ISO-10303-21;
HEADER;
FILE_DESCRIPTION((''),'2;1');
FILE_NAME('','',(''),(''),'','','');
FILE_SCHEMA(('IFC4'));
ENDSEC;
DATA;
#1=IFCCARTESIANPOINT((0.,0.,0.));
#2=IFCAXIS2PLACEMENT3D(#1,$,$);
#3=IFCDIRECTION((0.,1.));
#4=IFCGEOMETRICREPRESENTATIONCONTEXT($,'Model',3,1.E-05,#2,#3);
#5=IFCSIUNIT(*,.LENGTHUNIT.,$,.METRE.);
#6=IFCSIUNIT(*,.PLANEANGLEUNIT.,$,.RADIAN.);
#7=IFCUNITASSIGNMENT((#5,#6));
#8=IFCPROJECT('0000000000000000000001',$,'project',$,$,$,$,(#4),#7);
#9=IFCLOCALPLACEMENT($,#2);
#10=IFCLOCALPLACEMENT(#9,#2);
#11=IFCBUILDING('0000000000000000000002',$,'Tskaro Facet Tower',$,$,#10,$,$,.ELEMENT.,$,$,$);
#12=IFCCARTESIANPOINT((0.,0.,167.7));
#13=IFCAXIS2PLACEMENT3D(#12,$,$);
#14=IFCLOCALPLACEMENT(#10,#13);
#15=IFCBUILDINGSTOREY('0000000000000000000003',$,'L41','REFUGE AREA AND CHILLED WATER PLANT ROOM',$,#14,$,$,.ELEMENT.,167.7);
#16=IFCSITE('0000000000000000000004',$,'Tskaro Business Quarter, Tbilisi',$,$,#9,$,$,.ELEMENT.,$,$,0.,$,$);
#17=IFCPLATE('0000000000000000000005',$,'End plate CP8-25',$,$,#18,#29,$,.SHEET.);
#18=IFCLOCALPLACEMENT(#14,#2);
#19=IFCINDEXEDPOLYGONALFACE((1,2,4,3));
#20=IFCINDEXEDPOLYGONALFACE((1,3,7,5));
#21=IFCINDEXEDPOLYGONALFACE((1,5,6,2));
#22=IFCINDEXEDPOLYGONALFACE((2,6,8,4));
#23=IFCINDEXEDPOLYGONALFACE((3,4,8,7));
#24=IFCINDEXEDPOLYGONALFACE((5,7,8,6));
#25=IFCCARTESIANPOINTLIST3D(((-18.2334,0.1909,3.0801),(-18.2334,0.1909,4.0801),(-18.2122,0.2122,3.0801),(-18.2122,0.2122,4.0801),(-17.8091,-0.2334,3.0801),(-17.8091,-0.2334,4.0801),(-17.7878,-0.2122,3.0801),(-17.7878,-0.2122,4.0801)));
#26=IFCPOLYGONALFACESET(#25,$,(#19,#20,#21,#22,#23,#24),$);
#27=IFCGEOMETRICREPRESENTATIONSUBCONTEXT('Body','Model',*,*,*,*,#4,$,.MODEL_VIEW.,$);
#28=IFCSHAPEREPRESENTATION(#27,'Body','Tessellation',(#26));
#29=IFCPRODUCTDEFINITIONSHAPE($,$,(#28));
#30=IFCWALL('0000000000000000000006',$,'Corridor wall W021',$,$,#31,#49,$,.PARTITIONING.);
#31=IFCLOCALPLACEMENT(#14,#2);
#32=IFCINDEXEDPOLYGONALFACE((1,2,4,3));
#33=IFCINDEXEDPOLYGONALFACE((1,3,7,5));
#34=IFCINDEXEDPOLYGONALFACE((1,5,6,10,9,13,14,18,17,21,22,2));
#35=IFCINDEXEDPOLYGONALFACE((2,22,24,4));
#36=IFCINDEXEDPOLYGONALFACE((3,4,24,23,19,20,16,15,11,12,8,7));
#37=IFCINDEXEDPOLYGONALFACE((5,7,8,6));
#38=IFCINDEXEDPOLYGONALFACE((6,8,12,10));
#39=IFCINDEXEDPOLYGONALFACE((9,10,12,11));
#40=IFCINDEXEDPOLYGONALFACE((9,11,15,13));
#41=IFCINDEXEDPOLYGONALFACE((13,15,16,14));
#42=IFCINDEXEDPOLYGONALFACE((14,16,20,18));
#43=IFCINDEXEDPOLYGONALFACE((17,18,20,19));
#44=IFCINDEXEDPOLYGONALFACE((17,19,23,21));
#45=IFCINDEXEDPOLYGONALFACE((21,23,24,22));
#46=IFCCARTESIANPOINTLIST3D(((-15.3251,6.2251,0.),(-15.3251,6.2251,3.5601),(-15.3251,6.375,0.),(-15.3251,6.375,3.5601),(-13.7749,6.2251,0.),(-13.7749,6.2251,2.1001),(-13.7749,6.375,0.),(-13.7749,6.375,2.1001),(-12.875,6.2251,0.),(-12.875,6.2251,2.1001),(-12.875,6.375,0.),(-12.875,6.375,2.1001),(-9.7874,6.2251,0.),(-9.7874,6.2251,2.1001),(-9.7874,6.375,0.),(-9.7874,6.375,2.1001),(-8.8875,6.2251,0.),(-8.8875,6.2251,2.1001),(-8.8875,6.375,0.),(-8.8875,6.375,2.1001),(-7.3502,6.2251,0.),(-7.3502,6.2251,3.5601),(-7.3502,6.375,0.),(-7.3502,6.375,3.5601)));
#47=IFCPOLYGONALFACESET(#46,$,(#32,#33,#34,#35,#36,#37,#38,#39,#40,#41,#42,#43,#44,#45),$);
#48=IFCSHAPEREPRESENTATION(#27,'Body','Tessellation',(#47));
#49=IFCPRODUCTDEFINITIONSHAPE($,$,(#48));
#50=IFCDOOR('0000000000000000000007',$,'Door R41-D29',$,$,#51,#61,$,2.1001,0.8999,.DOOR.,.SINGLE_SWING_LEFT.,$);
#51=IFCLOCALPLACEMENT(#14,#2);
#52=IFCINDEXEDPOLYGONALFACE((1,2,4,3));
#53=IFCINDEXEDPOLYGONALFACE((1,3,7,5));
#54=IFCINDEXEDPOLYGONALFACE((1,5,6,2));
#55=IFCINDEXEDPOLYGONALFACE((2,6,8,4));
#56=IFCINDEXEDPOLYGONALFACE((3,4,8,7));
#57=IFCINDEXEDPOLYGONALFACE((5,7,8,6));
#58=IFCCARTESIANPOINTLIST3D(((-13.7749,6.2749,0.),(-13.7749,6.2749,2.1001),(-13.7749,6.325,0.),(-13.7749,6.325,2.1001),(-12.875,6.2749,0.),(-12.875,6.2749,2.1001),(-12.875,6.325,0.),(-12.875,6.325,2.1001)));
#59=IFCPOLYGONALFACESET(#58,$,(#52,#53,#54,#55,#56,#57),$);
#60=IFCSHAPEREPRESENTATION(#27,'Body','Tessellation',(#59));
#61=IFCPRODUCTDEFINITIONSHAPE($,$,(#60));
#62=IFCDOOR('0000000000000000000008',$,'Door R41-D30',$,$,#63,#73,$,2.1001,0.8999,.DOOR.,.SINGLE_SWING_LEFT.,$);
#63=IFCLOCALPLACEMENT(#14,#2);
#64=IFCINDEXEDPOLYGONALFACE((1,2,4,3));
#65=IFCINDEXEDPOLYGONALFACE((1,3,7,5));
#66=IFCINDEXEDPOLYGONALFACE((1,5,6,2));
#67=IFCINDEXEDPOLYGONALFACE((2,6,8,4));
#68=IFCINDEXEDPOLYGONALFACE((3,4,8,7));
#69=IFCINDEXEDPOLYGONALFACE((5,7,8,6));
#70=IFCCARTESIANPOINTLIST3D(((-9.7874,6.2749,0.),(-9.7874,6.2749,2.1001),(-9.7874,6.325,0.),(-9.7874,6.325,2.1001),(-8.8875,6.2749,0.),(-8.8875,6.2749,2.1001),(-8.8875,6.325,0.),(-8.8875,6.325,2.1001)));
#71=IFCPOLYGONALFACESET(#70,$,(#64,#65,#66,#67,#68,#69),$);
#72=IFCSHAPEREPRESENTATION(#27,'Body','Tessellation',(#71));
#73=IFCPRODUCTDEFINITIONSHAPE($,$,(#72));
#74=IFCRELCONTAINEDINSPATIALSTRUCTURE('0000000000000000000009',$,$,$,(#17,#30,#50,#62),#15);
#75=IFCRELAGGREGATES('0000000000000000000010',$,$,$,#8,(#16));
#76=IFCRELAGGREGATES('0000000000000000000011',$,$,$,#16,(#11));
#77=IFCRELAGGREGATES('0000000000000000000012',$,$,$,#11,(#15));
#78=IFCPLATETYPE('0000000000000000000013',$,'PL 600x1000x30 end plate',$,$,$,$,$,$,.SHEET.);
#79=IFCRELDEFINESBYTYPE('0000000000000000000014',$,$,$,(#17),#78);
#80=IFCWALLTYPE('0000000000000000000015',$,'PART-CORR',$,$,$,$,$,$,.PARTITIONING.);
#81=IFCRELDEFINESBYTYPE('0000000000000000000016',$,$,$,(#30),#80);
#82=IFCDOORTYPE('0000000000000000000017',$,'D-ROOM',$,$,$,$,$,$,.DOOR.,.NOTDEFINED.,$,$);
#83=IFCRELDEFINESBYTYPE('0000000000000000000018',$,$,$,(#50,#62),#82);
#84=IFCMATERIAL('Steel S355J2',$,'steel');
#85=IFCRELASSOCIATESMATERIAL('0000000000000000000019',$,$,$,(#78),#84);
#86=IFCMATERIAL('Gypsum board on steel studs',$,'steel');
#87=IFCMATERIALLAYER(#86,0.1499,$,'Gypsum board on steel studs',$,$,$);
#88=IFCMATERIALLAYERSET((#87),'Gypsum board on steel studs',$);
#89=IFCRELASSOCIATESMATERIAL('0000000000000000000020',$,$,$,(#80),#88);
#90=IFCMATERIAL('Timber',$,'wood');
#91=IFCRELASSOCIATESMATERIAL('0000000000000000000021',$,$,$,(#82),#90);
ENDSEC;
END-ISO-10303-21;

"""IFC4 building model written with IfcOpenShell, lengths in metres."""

from ifc_helpers import new_model, si_unit, direction, frame, frame_2d, origin, origin_2d, place, context, subcontext, project, spatial, rectangle, extrude, material, layer, layer_set, material_profile, profile_set, type_object, element, fill, save


model = new_model("IFC4")

# Units and contexts
model_context = context("Model", 3, precision=1e-05, world=origin(), true_north=direction((0.0, 1.0)))
body_context = subcontext(model_context, "Body", "Model", "MODEL_VIEW")
ifc_project = project(units=[si_unit("LENGTHUNIT", "METRE"), si_unit("PLANEANGLEUNIT", "RADIAN")], contexts=[model_context])

# Site, building, storey
site_placement = place(None, origin())
site = spatial("IfcSite", under=ifc_project, at=site_placement, Name="Tskaro Business Quarter, Tbilisi", CompositionType="ELEMENT", RefElevation=0.0)
building_placement = place(site_placement, origin())
building = spatial("IfcBuilding", under=site, at=building_placement, Name="Tskaro Facet Tower", CompositionType="ELEMENT")
storey_placement = place(building_placement, frame((0.0, 0.0, 167.7)))
storey = spatial("IfcBuildingStorey", under=building, at=storey_placement, Name="L41", Description="REFUGE AREA AND CHILLED WATER PLANT ROOM", CompositionType="ELEMENT", Elevation=167.7)

# Shared definitions
ifc_material_1 = material(Name="Steel S355J2", Category="steel")

# Plate
ifc_material_profile_1 = material_profile(ifc_material_1, rectangle(XDim=0.6001, YDim=1.0, at=origin_2d()), Name="PL 600x1000x30 end plate")
ifc_profile_set_1 = profile_set([ifc_material_profile_1], Name="Steel S355J2")
plate_type = type_object("IfcPlateType", Name="PL 600x1000x30 end plate", PredefinedType="SHEET", material=ifc_profile_set_1)
plate_placement = place(storey_placement, frame((-18.0, 0.0, 3.5801), z_axis=(-0.707107, -0.707107, 0.0), x_axis=(0.707107, -0.707107, 0.0)))
element("IfcPlate", 1, at=plate_placement, inside=storey, type_object=plate_type, Name="End plate CP8-25", PredefinedType="SHEET", context=body_context, shape_type="SweptSolid", body=[
    extrude(rectangle(XDim=0.6001, YDim=1.0, at=origin_2d()), origin(), (0.0, 0.0, 1.0), 0.03),
])

# Wall, openings, doors
ifc_material_2 = material(Name="Gypsum board on steel studs", Category="steel")
ifc_layer = layer(ifc_material_2, 0.1499, Name="Gypsum board on steel studs")
ifc_layer_set = layer_set([ifc_layer], Name="Gypsum board on steel studs")
wall_type = type_object("IfcWallType", Name="PART-CORR", PredefinedType="PARTITIONING", material=ifc_layer_set)
wall_placement = place(storey_placement, frame((-15.325, 6.3, 0.0), z_axis=(0.0, 0.0, 1.0), x_axis=(1.0, 0.0, 0.0)))
wall = element("IfcWall", 2, at=wall_placement, inside=storey, type_object=wall_type, Name="Corridor wall W021", PredefinedType="PARTITIONING", context=body_context, shape_type="SweptSolid", body=[
    extrude(rectangle(XDim=7.9749, YDim=0.1499, at=frame_2d((3.9873, 0.0))), origin(), (0.0, 0.0, 1.0), 3.5601),
])
opening_1_placement = place(wall_placement, frame((1.55, 0.0, 0.0)))
opening_1 = element("IfcOpeningElement", 3, at=opening_1_placement, cuts=wall, PredefinedType="OPENING", context=body_context, shape_type="SweptSolid", body=[
    extrude(rectangle(XDim=0.8999, YDim=2.1001, at=frame_2d((0.45, 1.05))), frame((0.0, 0.085, 0.0), z_axis=(0.0, -1.0, 0.0), x_axis=(1.0, 0.0, 0.0)), (0.0, 0.0, 1.0), 0.1699),
])
opening_2_placement = place(wall_placement, frame((5.5376, 0.0, 0.0)))
opening_2 = element("IfcOpeningElement", 4, at=opening_2_placement, cuts=wall, PredefinedType="OPENING", context=body_context, shape_type="SweptSolid", body=[
    extrude(rectangle(XDim=0.8999, YDim=2.1001, at=frame_2d((0.45, 1.05))), frame((0.0, 0.085, 0.0), z_axis=(0.0, -1.0, 0.0), x_axis=(1.0, 0.0, 0.0)), (0.0, 0.0, 1.0), 0.1699),
])
ifc_material_3 = material(Name="Timber", Category="wood")
door_type = type_object("IfcDoorType", Name="D-ROOM", OperationType="NOTDEFINED", PredefinedType="DOOR", material=ifc_material_3)
door_1_placement = place(opening_1_placement, origin())
door_1 = element("IfcDoor", 5, at=door_1_placement, inside=storey, type_object=door_type, Name="Door R41-D29", OperationType="SINGLE_SWING_LEFT", OverallHeight=2.1001, OverallWidth=0.8999, PredefinedType="DOOR", context=body_context, shape_type="SweptSolid", body=[
    extrude(rectangle(XDim=0.8999, YDim=2.1001, at=frame_2d((0.45, 1.05))), frame((0.0, 0.0249, 0.0), z_axis=(0.0, -1.0, 0.0), x_axis=(1.0, 0.0, 0.0)), (0.0, 0.0, 1.0), 0.05),
])
fill(opening_1, door_1)
door_2_placement = place(opening_2_placement, origin())
door_2 = element("IfcDoor", 6, at=door_2_placement, inside=storey, type_object=door_type, Name="Door R41-D30", OperationType="SINGLE_SWING_LEFT", OverallHeight=2.1001, OverallWidth=0.8999, PredefinedType="DOOR", context=body_context, shape_type="SweptSolid", body=[
    extrude(rectangle(XDim=0.8999, YDim=2.1001, at=frame_2d((0.45, 1.05))), frame((0.0, 0.0249, 0.0), z_axis=(0.0, -1.0, 0.0), x_axis=(1.0, 0.0, 0.0)), (0.0, 0.0, 1.0), 0.05),
])
fill(opening_2, door_2)

save(model, "model.ifc")
